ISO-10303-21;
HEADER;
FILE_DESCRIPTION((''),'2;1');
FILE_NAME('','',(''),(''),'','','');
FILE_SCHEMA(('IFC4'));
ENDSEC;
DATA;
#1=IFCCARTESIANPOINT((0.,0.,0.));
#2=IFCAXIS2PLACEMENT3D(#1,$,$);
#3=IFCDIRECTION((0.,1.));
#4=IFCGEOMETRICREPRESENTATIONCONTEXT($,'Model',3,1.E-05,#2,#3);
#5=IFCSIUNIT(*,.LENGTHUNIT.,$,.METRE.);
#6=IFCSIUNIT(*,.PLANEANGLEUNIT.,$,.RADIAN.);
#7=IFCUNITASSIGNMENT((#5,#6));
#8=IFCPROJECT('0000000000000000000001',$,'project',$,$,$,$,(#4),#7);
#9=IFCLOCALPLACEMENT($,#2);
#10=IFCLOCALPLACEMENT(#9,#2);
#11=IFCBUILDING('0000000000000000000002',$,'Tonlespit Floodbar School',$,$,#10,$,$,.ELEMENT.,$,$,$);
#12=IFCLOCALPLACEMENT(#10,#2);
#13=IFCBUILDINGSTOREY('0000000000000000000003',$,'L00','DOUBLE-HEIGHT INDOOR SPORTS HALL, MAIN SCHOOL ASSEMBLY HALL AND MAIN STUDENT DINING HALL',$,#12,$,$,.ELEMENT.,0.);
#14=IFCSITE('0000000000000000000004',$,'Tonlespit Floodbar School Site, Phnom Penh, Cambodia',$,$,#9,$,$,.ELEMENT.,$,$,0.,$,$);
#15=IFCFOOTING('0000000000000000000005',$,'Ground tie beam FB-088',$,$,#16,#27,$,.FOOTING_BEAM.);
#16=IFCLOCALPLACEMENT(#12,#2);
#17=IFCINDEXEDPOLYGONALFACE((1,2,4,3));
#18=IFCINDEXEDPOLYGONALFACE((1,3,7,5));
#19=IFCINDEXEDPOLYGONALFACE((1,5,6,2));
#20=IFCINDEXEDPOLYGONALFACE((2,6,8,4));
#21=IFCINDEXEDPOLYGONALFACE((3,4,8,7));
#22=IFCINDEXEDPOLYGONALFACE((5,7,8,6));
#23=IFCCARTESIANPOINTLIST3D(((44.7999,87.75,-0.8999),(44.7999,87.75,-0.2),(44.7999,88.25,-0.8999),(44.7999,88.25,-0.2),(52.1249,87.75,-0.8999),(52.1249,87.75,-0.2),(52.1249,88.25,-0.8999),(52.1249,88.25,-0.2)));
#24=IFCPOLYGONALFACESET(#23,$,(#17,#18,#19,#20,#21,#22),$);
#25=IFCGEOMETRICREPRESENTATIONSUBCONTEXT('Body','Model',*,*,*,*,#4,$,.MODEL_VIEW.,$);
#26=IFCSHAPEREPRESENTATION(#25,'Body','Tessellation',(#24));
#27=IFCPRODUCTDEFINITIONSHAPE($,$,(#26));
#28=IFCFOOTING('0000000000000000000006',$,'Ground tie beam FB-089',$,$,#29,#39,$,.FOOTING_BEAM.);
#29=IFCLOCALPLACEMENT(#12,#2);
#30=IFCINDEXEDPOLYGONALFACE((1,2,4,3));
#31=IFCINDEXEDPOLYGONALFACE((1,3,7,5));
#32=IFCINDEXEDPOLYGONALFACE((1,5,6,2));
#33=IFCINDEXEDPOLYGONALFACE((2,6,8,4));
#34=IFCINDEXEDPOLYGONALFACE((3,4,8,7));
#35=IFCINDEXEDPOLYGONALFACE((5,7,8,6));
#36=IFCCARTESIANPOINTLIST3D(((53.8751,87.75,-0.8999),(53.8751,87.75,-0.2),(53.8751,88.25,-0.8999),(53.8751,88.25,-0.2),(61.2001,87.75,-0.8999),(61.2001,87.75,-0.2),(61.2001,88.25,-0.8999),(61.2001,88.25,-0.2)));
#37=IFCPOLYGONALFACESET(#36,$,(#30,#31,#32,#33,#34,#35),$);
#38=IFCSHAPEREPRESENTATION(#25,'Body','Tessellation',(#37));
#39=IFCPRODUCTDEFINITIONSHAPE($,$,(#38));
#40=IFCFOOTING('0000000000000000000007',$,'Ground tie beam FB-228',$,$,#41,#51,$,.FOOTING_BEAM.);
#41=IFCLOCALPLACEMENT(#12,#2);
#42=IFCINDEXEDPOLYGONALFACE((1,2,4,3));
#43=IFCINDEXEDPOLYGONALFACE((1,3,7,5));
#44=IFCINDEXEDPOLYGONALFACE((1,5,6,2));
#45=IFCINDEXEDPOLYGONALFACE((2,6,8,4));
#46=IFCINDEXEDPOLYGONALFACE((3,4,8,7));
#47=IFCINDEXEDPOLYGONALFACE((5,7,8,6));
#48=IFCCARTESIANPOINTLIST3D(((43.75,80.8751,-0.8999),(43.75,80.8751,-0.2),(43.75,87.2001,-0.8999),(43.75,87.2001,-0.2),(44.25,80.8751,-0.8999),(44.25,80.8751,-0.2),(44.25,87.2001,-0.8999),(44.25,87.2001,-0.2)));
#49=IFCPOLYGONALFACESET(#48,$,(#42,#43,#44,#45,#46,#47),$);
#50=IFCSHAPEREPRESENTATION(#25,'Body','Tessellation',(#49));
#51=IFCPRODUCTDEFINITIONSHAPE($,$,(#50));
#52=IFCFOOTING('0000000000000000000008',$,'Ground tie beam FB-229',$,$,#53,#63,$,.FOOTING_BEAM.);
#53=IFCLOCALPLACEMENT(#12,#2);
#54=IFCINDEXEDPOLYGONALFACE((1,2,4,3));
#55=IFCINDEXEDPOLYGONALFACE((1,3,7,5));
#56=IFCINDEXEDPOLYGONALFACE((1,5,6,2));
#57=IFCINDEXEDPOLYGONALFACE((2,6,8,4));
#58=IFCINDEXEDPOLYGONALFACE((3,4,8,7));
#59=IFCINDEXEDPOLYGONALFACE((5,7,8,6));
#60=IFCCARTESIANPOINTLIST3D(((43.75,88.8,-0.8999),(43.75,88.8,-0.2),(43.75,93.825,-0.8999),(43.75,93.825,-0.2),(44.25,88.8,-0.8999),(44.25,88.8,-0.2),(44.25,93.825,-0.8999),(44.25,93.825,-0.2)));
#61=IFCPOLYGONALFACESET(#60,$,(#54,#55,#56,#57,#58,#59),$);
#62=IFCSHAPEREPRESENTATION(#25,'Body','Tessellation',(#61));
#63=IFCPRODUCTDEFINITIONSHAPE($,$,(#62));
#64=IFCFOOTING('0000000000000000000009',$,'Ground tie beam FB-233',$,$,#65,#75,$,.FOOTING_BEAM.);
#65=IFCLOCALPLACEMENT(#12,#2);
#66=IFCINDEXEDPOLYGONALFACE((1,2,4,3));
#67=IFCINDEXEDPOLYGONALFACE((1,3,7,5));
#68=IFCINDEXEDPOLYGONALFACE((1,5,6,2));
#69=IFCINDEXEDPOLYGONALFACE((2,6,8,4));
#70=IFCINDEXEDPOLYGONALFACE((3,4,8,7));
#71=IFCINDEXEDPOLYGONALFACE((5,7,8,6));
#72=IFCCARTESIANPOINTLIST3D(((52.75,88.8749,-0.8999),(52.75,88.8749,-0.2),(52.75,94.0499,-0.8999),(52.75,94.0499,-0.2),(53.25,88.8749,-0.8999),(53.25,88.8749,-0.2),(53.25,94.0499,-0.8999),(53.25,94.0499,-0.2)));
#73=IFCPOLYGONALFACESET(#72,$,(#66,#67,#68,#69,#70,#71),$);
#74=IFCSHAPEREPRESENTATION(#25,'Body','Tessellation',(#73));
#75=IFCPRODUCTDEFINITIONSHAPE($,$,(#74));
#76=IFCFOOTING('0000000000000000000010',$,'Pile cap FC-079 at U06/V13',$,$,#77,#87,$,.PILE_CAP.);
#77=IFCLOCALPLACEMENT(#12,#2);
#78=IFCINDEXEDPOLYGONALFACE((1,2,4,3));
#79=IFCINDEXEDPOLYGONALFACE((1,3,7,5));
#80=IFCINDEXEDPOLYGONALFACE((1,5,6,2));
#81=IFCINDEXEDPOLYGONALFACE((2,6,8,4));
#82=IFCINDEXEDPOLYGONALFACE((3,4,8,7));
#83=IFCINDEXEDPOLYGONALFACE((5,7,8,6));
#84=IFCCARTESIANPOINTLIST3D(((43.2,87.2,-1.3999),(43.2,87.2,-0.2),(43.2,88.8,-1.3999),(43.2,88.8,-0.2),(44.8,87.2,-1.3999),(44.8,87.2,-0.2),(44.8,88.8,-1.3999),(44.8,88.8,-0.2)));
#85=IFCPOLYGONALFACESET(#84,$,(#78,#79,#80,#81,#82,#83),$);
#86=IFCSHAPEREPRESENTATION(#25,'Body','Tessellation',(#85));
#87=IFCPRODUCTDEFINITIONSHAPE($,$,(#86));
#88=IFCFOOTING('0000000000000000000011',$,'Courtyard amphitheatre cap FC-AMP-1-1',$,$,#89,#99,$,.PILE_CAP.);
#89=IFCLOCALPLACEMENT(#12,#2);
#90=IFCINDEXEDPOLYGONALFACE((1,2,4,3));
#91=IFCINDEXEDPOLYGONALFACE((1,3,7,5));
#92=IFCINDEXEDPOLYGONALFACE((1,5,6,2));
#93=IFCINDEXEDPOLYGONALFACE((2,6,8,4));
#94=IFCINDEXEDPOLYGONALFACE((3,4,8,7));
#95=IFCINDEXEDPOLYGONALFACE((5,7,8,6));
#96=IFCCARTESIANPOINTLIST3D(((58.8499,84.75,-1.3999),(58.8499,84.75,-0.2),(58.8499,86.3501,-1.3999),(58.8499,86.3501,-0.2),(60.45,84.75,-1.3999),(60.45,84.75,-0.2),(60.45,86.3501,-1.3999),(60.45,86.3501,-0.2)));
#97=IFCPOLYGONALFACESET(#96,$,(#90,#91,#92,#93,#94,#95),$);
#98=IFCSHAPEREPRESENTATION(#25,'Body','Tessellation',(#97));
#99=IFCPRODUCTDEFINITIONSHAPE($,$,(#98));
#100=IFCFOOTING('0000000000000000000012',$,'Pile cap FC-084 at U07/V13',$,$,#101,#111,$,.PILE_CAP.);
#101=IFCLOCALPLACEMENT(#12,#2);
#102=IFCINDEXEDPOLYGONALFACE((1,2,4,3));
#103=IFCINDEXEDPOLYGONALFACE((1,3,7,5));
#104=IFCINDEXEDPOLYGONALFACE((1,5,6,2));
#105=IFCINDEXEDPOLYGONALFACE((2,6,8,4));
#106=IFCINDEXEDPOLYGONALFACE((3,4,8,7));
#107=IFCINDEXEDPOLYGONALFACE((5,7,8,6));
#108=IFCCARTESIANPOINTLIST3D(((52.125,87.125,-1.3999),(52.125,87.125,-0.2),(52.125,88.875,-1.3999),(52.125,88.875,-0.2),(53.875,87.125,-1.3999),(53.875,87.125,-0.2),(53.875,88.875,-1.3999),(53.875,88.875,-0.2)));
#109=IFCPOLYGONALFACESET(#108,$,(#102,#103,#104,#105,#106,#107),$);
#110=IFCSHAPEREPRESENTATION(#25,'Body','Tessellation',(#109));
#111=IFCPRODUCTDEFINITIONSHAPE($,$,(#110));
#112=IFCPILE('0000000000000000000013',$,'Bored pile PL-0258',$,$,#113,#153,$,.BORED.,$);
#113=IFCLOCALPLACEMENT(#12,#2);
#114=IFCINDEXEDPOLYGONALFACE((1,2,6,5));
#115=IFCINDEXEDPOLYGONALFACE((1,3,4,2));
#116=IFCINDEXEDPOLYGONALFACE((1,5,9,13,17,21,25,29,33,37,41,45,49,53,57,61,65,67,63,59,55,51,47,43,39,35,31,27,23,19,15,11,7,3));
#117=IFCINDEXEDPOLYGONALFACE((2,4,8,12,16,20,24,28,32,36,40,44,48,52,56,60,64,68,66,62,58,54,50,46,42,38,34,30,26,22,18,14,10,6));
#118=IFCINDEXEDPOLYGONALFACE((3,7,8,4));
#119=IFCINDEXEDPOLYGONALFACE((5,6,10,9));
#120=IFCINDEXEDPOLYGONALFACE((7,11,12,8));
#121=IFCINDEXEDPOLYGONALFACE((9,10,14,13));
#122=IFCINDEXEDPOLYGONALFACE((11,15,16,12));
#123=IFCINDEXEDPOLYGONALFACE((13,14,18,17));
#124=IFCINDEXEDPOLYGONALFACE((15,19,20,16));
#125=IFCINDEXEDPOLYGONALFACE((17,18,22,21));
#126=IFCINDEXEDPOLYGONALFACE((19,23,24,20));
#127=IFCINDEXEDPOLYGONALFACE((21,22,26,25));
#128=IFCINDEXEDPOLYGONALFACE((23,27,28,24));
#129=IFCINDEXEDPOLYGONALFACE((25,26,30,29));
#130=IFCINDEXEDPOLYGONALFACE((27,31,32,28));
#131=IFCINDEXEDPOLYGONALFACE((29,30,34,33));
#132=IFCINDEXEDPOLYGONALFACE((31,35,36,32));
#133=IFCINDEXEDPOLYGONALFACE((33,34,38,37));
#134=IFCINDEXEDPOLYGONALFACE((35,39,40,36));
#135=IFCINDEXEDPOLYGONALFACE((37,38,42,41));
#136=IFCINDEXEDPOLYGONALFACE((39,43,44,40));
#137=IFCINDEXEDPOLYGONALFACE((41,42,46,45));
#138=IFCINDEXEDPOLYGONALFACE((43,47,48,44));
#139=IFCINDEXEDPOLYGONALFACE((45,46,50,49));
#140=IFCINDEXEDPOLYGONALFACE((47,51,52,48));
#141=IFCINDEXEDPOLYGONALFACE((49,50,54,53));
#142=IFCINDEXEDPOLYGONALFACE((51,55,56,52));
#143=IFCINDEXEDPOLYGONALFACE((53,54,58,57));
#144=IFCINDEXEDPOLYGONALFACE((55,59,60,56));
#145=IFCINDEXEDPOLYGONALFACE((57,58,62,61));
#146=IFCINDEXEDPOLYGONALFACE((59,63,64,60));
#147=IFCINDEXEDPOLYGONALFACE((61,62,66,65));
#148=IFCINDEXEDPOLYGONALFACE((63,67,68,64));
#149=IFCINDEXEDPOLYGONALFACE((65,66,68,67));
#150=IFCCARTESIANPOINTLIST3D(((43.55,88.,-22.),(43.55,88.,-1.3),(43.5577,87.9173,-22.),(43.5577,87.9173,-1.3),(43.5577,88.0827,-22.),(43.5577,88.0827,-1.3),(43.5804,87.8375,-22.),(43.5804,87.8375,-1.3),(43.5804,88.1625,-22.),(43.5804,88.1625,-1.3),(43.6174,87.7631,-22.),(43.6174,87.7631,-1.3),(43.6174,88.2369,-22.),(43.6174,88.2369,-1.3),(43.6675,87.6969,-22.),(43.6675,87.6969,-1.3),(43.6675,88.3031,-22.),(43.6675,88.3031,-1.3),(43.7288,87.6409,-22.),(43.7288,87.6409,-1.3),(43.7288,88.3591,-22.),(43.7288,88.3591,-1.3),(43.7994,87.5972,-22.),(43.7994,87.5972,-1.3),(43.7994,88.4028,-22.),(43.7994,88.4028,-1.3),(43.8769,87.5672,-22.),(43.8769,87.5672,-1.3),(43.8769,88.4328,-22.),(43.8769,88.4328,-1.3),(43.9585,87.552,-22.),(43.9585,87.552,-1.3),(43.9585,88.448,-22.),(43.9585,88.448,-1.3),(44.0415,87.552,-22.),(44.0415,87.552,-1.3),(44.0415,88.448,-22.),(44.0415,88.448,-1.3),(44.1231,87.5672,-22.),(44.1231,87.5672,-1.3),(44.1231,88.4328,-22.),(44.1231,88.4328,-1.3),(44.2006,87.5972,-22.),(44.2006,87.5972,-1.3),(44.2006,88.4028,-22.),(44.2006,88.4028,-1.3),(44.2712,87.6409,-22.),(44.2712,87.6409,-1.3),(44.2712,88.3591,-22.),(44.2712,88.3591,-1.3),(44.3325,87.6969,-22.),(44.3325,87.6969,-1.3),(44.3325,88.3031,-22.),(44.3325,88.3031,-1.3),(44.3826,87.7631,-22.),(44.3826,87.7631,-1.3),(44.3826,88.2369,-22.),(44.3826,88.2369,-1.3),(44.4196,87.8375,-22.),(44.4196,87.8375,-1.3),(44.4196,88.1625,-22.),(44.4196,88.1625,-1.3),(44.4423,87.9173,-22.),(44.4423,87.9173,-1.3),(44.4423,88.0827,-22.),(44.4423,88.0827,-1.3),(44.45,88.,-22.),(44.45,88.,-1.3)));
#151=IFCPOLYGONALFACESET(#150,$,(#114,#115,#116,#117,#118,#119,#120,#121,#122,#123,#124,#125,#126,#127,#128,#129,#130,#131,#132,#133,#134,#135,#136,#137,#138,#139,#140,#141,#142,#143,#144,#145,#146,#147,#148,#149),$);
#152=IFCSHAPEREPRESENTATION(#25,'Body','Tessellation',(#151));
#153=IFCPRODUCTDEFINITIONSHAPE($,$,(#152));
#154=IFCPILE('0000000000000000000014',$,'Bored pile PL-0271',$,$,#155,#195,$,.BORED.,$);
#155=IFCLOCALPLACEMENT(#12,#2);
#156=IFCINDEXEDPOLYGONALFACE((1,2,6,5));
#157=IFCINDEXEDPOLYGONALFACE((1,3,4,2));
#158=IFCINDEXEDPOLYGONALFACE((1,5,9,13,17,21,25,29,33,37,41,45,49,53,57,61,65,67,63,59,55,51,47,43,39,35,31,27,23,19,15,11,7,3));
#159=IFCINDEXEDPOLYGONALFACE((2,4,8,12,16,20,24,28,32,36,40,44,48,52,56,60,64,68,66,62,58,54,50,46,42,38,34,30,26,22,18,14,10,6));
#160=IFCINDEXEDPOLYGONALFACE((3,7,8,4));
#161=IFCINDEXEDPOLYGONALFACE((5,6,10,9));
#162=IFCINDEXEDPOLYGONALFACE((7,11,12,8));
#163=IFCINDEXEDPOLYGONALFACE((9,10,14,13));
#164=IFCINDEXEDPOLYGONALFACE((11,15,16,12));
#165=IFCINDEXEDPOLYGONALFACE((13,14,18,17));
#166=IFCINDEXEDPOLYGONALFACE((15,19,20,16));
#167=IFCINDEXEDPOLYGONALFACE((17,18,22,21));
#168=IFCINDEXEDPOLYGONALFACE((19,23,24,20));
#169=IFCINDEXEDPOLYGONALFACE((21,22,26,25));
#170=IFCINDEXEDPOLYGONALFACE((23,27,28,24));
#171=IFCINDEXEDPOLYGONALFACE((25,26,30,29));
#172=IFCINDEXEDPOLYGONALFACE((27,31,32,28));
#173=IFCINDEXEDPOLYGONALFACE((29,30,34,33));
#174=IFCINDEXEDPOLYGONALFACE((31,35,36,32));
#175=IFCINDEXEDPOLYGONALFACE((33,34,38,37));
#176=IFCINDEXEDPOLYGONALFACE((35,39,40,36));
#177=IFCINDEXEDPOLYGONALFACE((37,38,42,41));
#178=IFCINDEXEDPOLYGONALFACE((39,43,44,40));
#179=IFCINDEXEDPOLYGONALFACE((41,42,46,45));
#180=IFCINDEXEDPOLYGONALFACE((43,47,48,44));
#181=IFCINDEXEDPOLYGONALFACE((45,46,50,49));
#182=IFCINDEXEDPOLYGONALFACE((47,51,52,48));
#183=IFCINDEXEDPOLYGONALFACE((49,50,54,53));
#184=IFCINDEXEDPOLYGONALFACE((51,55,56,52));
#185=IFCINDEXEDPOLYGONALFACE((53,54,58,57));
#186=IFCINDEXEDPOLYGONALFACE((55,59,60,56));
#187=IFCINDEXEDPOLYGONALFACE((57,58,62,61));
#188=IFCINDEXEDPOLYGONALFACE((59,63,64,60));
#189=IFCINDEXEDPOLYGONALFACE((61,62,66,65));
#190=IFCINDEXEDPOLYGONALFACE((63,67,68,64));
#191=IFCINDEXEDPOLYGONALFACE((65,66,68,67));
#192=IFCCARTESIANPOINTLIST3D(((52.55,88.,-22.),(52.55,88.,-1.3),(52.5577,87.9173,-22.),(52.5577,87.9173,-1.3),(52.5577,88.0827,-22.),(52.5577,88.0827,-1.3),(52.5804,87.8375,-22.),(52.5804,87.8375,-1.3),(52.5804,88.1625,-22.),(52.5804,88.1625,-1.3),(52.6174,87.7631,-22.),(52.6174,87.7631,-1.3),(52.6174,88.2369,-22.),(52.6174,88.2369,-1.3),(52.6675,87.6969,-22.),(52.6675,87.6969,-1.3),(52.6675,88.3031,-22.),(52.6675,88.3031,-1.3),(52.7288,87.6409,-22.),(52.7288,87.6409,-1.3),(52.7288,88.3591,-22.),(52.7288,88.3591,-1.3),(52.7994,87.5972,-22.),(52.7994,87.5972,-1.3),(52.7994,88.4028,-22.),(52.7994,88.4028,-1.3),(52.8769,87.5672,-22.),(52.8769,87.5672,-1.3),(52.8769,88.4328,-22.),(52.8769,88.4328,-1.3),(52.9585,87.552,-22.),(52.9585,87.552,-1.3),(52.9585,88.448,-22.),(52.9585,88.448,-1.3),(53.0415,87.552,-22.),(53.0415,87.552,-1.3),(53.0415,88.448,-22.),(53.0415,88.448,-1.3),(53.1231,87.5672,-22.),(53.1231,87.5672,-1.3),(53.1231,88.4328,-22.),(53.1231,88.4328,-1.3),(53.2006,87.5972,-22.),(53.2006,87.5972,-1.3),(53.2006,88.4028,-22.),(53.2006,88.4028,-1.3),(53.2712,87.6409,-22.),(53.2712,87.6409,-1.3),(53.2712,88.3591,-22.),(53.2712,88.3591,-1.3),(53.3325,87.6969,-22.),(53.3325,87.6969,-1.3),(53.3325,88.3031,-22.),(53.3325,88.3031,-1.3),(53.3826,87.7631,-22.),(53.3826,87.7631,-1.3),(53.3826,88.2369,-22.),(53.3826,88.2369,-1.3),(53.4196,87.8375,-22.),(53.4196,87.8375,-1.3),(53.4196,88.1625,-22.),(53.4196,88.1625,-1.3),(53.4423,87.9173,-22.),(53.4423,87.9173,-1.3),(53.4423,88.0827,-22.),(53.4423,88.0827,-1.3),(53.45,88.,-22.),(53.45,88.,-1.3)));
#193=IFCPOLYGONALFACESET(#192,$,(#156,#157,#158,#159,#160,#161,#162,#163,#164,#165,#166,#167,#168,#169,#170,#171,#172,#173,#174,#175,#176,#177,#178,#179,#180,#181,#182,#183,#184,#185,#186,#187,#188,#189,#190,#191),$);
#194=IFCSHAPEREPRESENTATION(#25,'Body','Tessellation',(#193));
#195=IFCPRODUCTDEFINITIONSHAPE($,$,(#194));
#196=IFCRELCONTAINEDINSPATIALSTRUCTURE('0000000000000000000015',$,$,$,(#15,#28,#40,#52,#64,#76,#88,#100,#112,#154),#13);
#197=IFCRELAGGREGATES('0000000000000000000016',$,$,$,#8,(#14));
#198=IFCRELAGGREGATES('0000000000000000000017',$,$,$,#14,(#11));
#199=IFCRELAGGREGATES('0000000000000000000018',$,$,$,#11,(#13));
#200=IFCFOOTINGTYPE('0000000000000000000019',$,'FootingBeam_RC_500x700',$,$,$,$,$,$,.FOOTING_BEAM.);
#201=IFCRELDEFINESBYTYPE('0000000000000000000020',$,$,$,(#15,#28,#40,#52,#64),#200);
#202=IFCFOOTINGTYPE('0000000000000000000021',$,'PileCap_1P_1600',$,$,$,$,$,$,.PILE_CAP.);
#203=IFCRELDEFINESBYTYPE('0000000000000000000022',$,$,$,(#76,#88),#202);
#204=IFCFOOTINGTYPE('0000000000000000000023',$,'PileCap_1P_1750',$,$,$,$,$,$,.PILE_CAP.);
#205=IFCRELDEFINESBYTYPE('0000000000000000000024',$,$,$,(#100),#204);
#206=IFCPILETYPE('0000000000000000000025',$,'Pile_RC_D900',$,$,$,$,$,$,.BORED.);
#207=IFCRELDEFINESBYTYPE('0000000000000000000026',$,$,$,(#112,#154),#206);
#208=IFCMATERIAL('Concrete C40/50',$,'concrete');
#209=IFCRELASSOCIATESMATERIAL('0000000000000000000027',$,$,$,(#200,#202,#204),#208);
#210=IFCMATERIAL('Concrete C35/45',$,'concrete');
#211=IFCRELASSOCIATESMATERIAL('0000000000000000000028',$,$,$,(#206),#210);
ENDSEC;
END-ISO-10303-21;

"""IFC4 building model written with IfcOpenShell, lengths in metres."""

from ifc_helpers import new_model, si_unit, direction, frame, origin, origin_2d, place, context, subcontext, project, spatial, rectangle, circle, extrude, material, material_profile, profile_set, type_object, element, save


model = new_model("IFC4")

# Units and contexts
model_context = context("Model", 3, precision=1e-05, world=origin(), true_north=direction((0.0, 1.0)))
body_context = subcontext(model_context, "Body", "Model", "MODEL_VIEW")
ifc_project = project(units=[si_unit("LENGTHUNIT", "METRE"), si_unit("PLANEANGLEUNIT", "RADIAN")], contexts=[model_context])

# Site, building, storey
site_placement = place(None, origin())
site = spatial("IfcSite", under=ifc_project, at=site_placement, Name="Tonlespit Floodbar School Site, Phnom Penh, Cambodia", CompositionType="ELEMENT", RefElevation=0.0)
building_placement = place(site_placement, origin())
building = spatial("IfcBuilding", under=site, at=building_placement, Name="Tonlespit Floodbar School", CompositionType="ELEMENT")
storey_placement = place(building_placement, origin())
storey = spatial("IfcBuildingStorey", under=building, at=storey_placement, Name="L00", Description="DOUBLE-HEIGHT INDOOR SPORTS HALL, MAIN SCHOOL ASSEMBLY HALL AND MAIN STUDENT DINING HALL", CompositionType="ELEMENT", Elevation=0.0)

# Footings
ifc_material_1 = material(Name="Concrete C40/50", Category="concrete")
footing_type_1 = type_object("IfcFootingType", Name="FootingBeam_RC_500x700", PredefinedType="FOOTING_BEAM", material=ifc_material_1)
for number, where, z_axis, x_axis, name in (
    (1, (48.4624, 88.0, -0.8999), (0.0, 0.0, 1.0), (1.0, 0.0, 0.0), "Ground tie beam FB-088"),
    (2, (57.5376, 88.0, -0.8999), (0.0, 0.0, 1.0), (1.0, 0.0, 0.0), "Ground tie beam FB-089"),
):
    element("IfcFooting", number, at=place(storey_placement, frame(where, z_axis=z_axis, x_axis=x_axis)), inside=storey, type_object=footing_type_1, Name=name, PredefinedType="FOOTING_BEAM", context=body_context, shape_type="SweptSolid", body=[
        extrude(rectangle(XDim=7.325, YDim=0.5, at=origin_2d()), origin(), (0.0, 0.0, 1.0), 0.7),
    ])
footing_1_placement = place(storey_placement, frame((44.0, 84.0376, -0.8999), z_axis=(0.0, 0.0, 1.0), x_axis=(0.0, 1.0, 0.0)))
element("IfcFooting", 3, at=footing_1_placement, inside=storey, type_object=footing_type_1, Name="Ground tie beam FB-228", PredefinedType="FOOTING_BEAM", context=body_context, shape_type="SweptSolid", body=[
    extrude(rectangle(XDim=6.325, YDim=0.5, at=origin_2d()), origin(), (0.0, 0.0, 1.0), 0.7),
])
footing_2_placement = place(storey_placement, frame((44.0, 91.3125, -0.8999), z_axis=(0.0, 0.0, 1.0), x_axis=(0.0, 1.0, 0.0)))
element("IfcFooting", 4, at=footing_2_placement, inside=storey, type_object=footing_type_1, Name="Ground tie beam FB-229", PredefinedType="FOOTING_BEAM", context=body_context, shape_type="SweptSolid", body=[
    extrude(rectangle(XDim=5.0249, YDim=0.5, at=origin_2d()), origin(), (0.0, 0.0, 1.0), 0.7),
])
footing_3_placement = place(storey_placement, frame((53.0, 91.4624, -0.8999), z_axis=(0.0, 0.0, 1.0), x_axis=(0.0, 1.0, 0.0)))
element("IfcFooting", 5, at=footing_3_placement, inside=storey, type_object=footing_type_1, Name="Ground tie beam FB-233", PredefinedType="FOOTING_BEAM", context=body_context, shape_type="SweptSolid", body=[
    extrude(rectangle(XDim=5.175, YDim=0.5, at=origin_2d()), origin(), (0.0, 0.0, 1.0), 0.7),
])
footing_type_2 = type_object("IfcFootingType", Name="PileCap_1P_1600", PredefinedType="PILE_CAP", material=ifc_material_1)
for number, where, z_axis, x_axis, name in (
    (6, (44.0, 88.0, -1.3999), (0.0, 0.0, 1.0), (1.0, 0.0, 0.0), "Pile cap FC-079 at U06/V13"),
    (7, (59.6499, 85.55, -1.3999), (0.0, 0.0, 1.0), (1.0, 0.0, 0.0), "Courtyard amphitheatre cap FC-AMP-1-1"),
):
    element("IfcFooting", number, at=place(storey_placement, frame(where, z_axis=z_axis, x_axis=x_axis)), inside=storey, type_object=footing_type_2, Name=name, PredefinedType="PILE_CAP", context=body_context, shape_type="SweptSolid", body=[
        extrude(rectangle(XDim=1.6001, YDim=1.6001, at=origin_2d()), origin(), (0.0, 0.0, 1.0), 1.2),
    ])
footing_type_3 = type_object("IfcFootingType", Name="PileCap_1P_1750", PredefinedType="PILE_CAP", material=ifc_material_1)
footing_4_placement = place(storey_placement, frame((53.0, 88.0, -1.3999), z_axis=(0.0, 0.0, 1.0), x_axis=(1.0, 0.0, 0.0)))
element("IfcFooting", 8, at=footing_4_placement, inside=storey, type_object=footing_type_3, Name="Pile cap FC-084 at U07/V13", PredefinedType="PILE_CAP", context=body_context, shape_type="SweptSolid", body=[
    extrude(rectangle(XDim=1.75, YDim=1.75, at=origin_2d()), origin(), (0.0, 0.0, 1.0), 1.2),
])

# Piles
ifc_material_2 = material(Name="Concrete C35/45", Category="concrete")
ifc_material_profile_1 = material_profile(ifc_material_2, circle(Radius=0.45, at=origin_2d()), Name="BP D900")
ifc_profile_set_1 = profile_set([ifc_material_profile_1], Name="Concrete C35/45")
pile_type = type_object("IfcPileType", Name="Pile_RC_D900", PredefinedType="BORED", material=ifc_profile_set_1)
for number, where, z_axis, x_axis, name in (
    (9, (44.0, 88.0, -1.3), (0.0, 0.0, -1.0), (1.0, 0.0, 0.0), "Bored pile PL-0258"),
    (10, (53.0, 88.0, -1.3), (0.0, 0.0, -1.0), (1.0, 0.0, 0.0), "Bored pile PL-0271"),
):
    element("IfcPile", number, at=place(storey_placement, frame(where, z_axis=z_axis, x_axis=x_axis)), inside=storey, type_object=pile_type, Name=name, PredefinedType="BORED", context=body_context, shape_type="SweptSolid", body=[
        extrude(circle(Radius=0.45, at=origin_2d()), origin(), (0.0, 0.0, 1.0), 20.7),
    ])

save(model, "model.ifc")
